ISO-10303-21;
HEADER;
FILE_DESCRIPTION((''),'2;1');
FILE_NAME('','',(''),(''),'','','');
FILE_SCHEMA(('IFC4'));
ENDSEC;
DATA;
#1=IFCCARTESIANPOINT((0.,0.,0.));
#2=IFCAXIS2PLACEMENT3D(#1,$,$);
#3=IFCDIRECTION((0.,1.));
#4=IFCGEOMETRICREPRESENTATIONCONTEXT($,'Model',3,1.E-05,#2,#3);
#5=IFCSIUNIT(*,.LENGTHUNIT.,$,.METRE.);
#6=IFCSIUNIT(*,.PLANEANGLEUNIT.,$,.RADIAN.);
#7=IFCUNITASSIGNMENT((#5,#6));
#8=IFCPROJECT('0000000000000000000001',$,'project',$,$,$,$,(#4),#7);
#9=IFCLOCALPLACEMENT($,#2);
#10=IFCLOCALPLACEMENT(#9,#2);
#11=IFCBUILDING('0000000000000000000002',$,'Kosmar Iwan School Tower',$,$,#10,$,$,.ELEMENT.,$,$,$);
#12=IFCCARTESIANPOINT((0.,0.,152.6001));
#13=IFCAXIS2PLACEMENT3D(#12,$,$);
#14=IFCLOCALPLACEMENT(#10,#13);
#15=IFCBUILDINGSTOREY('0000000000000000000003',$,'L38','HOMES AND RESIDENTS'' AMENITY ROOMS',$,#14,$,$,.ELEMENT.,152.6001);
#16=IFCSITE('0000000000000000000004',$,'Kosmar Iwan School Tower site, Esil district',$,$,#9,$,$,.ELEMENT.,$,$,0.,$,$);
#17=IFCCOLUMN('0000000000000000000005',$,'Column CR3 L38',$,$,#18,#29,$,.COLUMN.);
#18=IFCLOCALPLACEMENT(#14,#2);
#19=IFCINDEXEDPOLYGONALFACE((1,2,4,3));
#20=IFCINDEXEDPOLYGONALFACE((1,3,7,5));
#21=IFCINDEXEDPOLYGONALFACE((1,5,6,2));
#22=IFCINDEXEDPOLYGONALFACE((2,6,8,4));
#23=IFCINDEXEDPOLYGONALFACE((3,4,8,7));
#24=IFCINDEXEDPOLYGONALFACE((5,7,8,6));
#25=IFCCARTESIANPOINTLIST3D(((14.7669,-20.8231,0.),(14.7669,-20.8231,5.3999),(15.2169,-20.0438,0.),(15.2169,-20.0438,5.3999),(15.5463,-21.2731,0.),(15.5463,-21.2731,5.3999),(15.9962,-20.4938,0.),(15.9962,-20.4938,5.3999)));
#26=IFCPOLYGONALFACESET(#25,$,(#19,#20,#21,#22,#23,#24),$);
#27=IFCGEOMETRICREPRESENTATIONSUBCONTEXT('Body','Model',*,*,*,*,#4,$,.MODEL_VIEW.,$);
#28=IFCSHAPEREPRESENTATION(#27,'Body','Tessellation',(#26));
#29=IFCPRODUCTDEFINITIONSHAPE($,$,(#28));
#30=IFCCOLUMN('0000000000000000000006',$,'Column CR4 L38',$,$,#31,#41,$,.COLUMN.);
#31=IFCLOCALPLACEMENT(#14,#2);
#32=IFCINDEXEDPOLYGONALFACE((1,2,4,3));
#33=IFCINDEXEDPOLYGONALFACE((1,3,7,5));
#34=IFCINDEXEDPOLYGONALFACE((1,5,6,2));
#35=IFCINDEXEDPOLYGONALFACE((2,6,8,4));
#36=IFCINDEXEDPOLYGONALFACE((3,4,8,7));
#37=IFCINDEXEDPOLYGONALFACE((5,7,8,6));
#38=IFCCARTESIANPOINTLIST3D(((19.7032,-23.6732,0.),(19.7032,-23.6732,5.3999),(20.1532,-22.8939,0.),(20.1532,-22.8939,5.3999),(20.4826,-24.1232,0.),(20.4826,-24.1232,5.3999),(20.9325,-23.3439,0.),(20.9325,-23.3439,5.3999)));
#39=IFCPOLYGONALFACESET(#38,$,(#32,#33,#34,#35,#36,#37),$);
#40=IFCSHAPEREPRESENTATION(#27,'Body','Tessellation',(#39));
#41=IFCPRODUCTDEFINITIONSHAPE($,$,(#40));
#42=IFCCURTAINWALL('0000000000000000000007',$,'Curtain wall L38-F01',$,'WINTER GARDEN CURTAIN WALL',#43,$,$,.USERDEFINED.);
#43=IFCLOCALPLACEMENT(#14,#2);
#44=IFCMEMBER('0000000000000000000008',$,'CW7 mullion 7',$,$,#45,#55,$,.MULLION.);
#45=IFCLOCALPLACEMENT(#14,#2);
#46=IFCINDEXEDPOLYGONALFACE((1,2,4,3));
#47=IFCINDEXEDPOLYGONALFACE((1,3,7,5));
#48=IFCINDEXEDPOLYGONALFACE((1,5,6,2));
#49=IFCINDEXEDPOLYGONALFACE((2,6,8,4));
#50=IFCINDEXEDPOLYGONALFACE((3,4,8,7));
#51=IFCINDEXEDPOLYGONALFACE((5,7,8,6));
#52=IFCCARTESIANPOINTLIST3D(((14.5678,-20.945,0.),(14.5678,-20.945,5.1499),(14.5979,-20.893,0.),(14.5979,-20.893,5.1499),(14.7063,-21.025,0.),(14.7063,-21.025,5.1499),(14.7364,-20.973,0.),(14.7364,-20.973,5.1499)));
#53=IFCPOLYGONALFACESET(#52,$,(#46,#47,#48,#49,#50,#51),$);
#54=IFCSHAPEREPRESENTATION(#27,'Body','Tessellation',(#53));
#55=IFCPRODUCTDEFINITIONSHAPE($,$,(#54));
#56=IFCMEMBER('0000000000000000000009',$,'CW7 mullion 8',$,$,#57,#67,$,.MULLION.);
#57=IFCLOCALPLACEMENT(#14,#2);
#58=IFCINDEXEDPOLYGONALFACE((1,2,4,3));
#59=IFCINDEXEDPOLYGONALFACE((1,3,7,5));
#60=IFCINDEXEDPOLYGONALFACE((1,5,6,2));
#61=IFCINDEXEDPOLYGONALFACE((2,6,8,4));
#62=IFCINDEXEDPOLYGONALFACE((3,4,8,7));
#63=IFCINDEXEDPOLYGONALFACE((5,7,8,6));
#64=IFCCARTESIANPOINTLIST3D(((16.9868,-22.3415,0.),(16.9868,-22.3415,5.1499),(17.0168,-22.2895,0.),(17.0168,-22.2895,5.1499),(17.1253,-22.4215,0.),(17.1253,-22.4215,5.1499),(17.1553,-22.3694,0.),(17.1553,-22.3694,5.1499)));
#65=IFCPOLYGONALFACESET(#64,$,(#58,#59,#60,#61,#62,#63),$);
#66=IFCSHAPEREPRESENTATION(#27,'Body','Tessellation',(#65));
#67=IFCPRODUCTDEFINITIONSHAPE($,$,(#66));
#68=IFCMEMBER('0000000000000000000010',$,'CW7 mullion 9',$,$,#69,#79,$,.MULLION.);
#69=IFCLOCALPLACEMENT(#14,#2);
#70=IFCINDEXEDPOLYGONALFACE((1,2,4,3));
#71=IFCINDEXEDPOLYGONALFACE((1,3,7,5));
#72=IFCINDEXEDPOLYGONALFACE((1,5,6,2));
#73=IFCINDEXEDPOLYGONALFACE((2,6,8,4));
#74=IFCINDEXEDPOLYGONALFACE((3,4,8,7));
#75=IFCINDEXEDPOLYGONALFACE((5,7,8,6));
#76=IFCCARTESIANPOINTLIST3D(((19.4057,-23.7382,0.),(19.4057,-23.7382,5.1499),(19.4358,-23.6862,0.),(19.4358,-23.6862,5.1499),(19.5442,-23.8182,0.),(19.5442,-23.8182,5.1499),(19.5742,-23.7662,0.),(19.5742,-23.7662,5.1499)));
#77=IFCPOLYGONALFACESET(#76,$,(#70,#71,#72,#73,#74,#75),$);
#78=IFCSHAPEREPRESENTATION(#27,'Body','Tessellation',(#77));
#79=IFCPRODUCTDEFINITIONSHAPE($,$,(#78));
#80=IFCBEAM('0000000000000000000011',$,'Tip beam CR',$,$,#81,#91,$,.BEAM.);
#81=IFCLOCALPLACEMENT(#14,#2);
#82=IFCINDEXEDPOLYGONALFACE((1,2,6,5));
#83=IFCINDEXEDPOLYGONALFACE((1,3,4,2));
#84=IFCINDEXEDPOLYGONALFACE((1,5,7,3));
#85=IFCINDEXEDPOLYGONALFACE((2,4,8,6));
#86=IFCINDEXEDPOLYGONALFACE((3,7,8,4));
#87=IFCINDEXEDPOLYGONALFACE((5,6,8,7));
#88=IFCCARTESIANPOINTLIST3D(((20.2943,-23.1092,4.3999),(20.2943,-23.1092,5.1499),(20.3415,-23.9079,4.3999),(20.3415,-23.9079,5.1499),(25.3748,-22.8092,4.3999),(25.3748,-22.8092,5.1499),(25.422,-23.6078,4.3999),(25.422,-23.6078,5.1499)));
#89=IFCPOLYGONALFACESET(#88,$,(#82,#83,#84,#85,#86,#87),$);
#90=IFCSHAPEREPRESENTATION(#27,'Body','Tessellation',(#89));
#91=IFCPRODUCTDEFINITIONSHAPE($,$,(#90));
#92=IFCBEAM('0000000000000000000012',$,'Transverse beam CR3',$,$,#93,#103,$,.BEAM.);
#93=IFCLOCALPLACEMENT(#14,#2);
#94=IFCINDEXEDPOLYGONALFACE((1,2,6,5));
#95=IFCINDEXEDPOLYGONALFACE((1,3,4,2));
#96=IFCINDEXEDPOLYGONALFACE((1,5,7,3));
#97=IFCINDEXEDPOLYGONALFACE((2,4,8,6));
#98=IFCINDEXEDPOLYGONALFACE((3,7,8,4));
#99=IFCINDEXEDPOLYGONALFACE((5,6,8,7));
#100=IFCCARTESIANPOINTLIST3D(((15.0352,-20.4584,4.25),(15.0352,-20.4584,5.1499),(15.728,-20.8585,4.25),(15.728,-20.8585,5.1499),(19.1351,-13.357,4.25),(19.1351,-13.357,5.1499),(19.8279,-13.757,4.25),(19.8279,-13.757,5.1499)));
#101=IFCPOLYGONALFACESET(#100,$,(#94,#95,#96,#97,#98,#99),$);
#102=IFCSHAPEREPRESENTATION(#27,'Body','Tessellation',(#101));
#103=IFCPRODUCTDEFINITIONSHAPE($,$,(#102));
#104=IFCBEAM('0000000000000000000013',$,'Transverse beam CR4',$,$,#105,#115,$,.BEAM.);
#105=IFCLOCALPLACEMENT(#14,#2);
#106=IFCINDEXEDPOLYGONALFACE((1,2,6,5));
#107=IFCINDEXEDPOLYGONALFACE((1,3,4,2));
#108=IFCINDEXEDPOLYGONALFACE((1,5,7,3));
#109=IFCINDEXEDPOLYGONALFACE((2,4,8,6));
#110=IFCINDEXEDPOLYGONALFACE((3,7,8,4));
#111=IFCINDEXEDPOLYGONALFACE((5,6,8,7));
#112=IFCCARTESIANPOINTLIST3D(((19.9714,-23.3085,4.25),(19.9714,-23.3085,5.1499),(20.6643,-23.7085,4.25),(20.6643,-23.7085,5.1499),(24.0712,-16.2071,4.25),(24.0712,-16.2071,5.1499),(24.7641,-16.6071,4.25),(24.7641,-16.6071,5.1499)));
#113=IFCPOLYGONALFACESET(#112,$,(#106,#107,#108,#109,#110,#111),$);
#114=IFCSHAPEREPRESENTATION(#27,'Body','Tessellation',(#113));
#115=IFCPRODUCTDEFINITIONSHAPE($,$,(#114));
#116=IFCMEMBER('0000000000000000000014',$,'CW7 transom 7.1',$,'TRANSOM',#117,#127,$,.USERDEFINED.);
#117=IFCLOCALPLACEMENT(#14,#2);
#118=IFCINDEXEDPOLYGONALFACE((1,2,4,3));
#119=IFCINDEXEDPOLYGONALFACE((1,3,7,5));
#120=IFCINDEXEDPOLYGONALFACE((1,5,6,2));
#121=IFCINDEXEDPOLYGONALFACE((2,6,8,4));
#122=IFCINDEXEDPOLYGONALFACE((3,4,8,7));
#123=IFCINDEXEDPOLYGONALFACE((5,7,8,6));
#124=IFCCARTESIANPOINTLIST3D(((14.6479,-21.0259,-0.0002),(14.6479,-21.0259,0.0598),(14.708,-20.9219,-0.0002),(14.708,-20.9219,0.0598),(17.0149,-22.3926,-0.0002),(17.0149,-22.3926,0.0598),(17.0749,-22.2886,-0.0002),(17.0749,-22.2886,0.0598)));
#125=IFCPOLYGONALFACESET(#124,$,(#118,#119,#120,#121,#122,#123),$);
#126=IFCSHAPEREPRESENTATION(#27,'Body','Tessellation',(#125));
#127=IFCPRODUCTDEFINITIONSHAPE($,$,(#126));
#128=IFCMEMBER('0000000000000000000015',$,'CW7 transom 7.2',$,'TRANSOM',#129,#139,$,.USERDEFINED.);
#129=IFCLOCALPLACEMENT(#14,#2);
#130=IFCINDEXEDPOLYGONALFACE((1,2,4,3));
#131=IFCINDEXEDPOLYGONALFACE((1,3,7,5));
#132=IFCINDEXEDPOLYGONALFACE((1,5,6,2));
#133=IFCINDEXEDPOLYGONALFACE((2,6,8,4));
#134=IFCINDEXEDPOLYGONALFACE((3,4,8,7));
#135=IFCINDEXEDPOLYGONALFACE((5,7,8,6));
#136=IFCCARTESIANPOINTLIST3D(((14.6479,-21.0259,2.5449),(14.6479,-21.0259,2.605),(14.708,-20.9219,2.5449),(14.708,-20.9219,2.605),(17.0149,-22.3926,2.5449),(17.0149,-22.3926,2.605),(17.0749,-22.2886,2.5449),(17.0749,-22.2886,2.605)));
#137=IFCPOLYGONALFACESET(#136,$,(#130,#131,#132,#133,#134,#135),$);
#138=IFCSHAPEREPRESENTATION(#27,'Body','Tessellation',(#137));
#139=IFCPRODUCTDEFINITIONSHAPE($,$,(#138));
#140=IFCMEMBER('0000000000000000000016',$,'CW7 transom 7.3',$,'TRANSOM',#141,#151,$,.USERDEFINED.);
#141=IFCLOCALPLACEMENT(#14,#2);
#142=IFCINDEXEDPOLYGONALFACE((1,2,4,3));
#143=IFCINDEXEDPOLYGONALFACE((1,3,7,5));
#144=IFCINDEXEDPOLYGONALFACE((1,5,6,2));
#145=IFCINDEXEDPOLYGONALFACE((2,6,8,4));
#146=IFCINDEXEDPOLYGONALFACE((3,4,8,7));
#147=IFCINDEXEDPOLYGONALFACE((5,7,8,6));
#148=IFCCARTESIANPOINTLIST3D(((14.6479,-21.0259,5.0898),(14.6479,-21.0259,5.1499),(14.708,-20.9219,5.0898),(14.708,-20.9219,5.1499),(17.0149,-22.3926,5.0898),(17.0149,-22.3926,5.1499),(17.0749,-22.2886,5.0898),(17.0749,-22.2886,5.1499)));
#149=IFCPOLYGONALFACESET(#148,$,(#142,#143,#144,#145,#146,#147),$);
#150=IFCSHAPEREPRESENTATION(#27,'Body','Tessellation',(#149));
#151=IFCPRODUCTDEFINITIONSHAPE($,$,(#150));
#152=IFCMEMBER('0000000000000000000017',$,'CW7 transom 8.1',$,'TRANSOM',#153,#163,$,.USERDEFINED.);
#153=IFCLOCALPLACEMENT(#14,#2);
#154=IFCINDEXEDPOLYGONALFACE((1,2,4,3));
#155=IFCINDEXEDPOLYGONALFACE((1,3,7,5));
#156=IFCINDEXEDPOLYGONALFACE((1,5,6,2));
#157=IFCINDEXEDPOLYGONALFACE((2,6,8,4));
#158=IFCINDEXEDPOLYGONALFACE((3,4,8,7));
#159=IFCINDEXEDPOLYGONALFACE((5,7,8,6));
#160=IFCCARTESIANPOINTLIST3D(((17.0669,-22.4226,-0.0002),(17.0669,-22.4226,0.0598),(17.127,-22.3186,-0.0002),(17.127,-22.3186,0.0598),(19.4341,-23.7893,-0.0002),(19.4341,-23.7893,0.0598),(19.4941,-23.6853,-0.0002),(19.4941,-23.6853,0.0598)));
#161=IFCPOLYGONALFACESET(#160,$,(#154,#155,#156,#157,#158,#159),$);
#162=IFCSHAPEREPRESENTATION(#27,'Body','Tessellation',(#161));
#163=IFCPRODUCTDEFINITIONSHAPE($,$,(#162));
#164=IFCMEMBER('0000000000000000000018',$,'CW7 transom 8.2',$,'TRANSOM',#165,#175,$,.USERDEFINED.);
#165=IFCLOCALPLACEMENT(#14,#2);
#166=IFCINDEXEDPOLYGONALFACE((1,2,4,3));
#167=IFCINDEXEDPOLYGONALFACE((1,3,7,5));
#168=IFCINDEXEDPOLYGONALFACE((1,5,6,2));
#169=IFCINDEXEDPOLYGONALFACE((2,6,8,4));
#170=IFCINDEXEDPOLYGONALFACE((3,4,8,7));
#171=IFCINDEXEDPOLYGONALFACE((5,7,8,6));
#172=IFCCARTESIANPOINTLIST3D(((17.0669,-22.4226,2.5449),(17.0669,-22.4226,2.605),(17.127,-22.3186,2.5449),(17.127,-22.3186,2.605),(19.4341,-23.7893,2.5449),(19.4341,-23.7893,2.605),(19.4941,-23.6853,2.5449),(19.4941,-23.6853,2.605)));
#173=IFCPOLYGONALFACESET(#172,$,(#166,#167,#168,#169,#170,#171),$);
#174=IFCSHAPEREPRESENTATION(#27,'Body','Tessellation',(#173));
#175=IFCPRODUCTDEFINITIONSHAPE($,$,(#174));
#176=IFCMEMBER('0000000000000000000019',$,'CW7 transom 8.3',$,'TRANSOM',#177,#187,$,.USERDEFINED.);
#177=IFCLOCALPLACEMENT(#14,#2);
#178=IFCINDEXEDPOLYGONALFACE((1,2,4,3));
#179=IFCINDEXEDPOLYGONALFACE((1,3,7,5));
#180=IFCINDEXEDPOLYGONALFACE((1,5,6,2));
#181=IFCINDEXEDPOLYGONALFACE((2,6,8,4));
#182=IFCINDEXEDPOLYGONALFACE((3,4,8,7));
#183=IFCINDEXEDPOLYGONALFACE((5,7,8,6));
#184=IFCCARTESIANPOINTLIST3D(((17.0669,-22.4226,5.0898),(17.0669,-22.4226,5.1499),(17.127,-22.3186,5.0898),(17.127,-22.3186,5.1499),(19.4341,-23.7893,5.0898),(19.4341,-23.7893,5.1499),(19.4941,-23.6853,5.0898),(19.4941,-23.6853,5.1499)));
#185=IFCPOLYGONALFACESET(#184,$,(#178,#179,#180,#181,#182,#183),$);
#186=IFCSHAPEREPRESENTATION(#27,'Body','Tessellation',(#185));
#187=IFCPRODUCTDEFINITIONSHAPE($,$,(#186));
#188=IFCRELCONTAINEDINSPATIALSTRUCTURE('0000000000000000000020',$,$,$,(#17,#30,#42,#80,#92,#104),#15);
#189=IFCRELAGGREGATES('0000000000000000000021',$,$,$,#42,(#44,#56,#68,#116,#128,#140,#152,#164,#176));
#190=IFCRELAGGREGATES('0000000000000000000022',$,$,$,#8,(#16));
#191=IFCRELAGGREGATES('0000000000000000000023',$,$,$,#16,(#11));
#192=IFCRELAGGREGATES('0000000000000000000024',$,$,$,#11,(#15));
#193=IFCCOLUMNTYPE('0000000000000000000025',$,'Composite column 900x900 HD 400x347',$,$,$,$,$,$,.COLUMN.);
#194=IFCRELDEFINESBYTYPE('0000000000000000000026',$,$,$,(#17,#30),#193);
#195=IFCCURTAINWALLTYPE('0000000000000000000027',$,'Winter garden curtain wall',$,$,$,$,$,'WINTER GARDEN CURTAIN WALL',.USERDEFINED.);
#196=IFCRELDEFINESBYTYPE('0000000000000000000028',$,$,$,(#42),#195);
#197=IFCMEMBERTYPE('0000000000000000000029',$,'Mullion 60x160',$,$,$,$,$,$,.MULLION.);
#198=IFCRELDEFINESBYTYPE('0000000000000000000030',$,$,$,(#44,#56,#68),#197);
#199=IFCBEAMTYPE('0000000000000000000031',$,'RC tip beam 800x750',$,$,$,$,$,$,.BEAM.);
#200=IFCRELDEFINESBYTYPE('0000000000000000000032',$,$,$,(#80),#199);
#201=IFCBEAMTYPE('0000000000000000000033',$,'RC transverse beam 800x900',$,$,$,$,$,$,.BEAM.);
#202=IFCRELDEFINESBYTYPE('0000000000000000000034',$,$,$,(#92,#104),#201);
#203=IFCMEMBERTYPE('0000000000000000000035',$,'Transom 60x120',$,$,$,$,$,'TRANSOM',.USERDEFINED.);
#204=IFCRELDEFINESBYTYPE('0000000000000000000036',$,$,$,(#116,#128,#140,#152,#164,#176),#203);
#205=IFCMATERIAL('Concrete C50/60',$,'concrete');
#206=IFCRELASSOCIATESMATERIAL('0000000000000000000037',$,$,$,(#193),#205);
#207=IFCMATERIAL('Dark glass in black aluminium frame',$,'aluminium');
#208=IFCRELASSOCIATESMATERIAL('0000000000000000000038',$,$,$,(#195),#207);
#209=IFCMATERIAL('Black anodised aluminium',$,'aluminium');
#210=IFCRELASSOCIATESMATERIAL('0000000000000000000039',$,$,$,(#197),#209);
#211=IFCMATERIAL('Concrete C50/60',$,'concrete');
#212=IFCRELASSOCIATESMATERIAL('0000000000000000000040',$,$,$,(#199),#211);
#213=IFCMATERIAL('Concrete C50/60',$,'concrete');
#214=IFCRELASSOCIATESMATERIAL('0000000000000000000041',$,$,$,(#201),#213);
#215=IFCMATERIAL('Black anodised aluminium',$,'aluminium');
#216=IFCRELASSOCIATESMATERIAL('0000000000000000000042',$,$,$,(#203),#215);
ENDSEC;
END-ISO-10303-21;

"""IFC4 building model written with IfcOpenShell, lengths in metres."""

from ifc_helpers import new_model, si_unit, direction, frame, origin, origin_2d, place, context, subcontext, project, spatial, rectangle, extrude, material, material_profile, profile_set, type_object, element, aggregate, save


model = new_model("IFC4")

# Units and contexts
model_context = context("Model", 3, precision=1e-05, world=origin(), true_north=direction((0.0, 1.0)))
body_context = subcontext(model_context, "Body", "Model", "MODEL_VIEW")
ifc_project = project(units=[si_unit("LENGTHUNIT", "METRE"), si_unit("PLANEANGLEUNIT", "RADIAN")], contexts=[model_context])

# Site, building, storey
site_placement = place(None, origin())
site = spatial("IfcSite", under=ifc_project, at=site_placement, Name="Kosmar Iwan School Tower site, Esil district", CompositionType="ELEMENT", RefElevation=0.0)
building_placement = place(site_placement, origin())
building = spatial("IfcBuilding", under=site, at=building_placement, Name="Kosmar Iwan School Tower", CompositionType="ELEMENT")
storey_placement = place(building_placement, frame((0.0, 0.0, 152.6001)))
storey = spatial("IfcBuildingStorey", under=building, at=storey_placement, Name="L38", Description="HOMES AND RESIDENTS' AMENITY ROOMS", CompositionType="ELEMENT", Elevation=152.6001)

# Columns
ifc_material_1 = material(Name="Concrete C50/60", Category="concrete")
ifc_material_profile_1 = material_profile(ifc_material_1, rectangle(XDim=0.8999, YDim=0.8999, at=origin_2d()), Name="RC 900x900 + HD 400x347")
ifc_profile_set_1 = profile_set([ifc_material_profile_1], Name="Concrete C50/60")
column_type = type_object("IfcColumnType", Name="Composite column 900x900 HD 400x347", PredefinedType="COLUMN", material=ifc_profile_set_1)
for number, where, z_axis, x_axis, name in (
    (1, (15.3816, -20.6584, 0.0), (0.0, 0.0, 1.0), (0.866025, -0.5, 0.0), "Column CR3 L38"),
    (2, (20.3179, -23.5085, 0.0), (0.0, 0.0, 1.0), (0.866025, -0.5, 0.0), "Column CR4 L38"),
):
    element("IfcColumn", number, at=place(storey_placement, frame(where, z_axis=z_axis, x_axis=x_axis)), inside=storey, type_object=column_type, Name=name, PredefinedType="COLUMN", context=body_context, shape_type="SweptSolid", body=[
        extrude(rectangle(XDim=0.8999, YDim=0.8999, at=origin_2d()), origin(), (0.0, 0.0, 1.0), 5.3999),
    ])

# Curtain wall, members
ifc_material_2 = material(Name="Dark glass in black aluminium frame", Category="aluminium")
curtain_wall_type = type_object("IfcCurtainWallType", Name="Winter garden curtain wall", ElementType="WINTER GARDEN CURTAIN WALL", PredefinedType="USERDEFINED", material=ifc_material_2)
curtain_wall_placement = place(storey_placement, origin())
curtain_wall = element("IfcCurtainWall", 3, at=curtain_wall_placement, inside=storey, type_object=curtain_wall_type, Name="Curtain wall L38-F01", ObjectType="WINTER GARDEN CURTAIN WALL", PredefinedType="USERDEFINED")
ifc_material_3 = material(Name="Black anodised aluminium", Category="aluminium")
ifc_material_profile_2 = material_profile(ifc_material_3, rectangle(XDim=0.0601, YDim=0.1599, at=origin_2d()), Name="MULLION 60x160")
ifc_profile_set_2 = profile_set([ifc_material_profile_2], Name="Black anodised aluminium")
member_type_1 = type_object("IfcMemberType", Name="Mullion 60x160", PredefinedType="MULLION", material=ifc_profile_set_2)
member_1_placement = place(storey_placement, frame((14.6521, -20.959, 0.0), z_axis=(0.0, 0.0, 1.0), x_axis=(0.5, 0.866025, 0.0)))
member_1 = element("IfcMember", 4, at=member_1_placement, type_object=member_type_1, Name="CW7 mullion 7", PredefinedType="MULLION", context=body_context, shape_type="SweptSolid", body=[
    extrude(rectangle(XDim=0.0601, YDim=0.1599, at=origin_2d()), origin(), (0.0, 0.0, 1.0), 5.1499),
])
member_2_placement = place(storey_placement, frame((17.071, -22.3555, 0.0), z_axis=(0.0, 0.0, 1.0), x_axis=(0.5, 0.866025, 0.0)))
member_2 = element("IfcMember", 5, at=member_2_placement, type_object=member_type_1, Name="CW7 mullion 8", PredefinedType="MULLION", context=body_context, shape_type="SweptSolid", body=[
    extrude(rectangle(XDim=0.0601, YDim=0.1599, at=origin_2d()), origin(), (0.0, 0.0, 1.0), 5.1499),
])
member_3_placement = place(storey_placement, frame((19.49, -23.7522, 0.0), z_axis=(0.0, 0.0, 1.0), x_axis=(0.5, 0.866025, 0.0)))
member_3 = element("IfcMember", 6, at=member_3_placement, type_object=member_type_1, Name="CW7 mullion 9", PredefinedType="MULLION", context=body_context, shape_type="SweptSolid", body=[
    extrude(rectangle(XDim=0.0601, YDim=0.1599, at=origin_2d()), origin(), (0.0, 0.0, 1.0), 5.1499),
])

# Beams
ifc_material_4 = material(Name="Concrete C50/60", Category="concrete")
ifc_material_profile_3 = material_profile(ifc_material_4, rectangle(XDim=0.8, YDim=0.75, at=origin_2d()), Name="RC 800x750")
ifc_profile_set_3 = profile_set([ifc_material_profile_3], Name="Concrete C50/60")
beam_type_1 = type_object("IfcBeamType", Name="RC tip beam 800x750", PredefinedType="BEAM", material=ifc_profile_set_3)
beam_placement = place(storey_placement, frame((20.3179, -23.5085, 4.7749), z_axis=(0.998261, 0.058955, 0.0), x_axis=(-0.058955, 0.998261, 0.0)))
element("IfcBeam", 7, at=beam_placement, inside=storey, type_object=beam_type_1, Name="Tip beam CR", PredefinedType="BEAM", context=body_context, shape_type="SweptSolid", body=[
    extrude(rectangle(XDim=0.8, YDim=0.75, at=origin_2d()), origin(), (0.0, 0.0, 1.0), 5.0894),
])
ifc_material_5 = material(Name="Concrete C50/60", Category="concrete")
ifc_material_profile_4 = material_profile(ifc_material_5, rectangle(XDim=0.8, YDim=0.8999, at=origin_2d()), Name="RC 800x900")
ifc_profile_set_4 = profile_set([ifc_material_profile_4], Name="Concrete C50/60")
beam_type_2 = type_object("IfcBeamType", Name="RC transverse beam 800x900", PredefinedType="BEAM", material=ifc_profile_set_4)
for number, where, z_axis, x_axis, name in (
    (8, (15.3816, -20.6584, 4.7), (0.499991, 0.86603, 0.0), (-0.86603, 0.499991, 0.0), "Transverse beam CR3"),
    (9, (20.3179, -23.5085, 4.7), (0.499978, 0.866038, 0.0), (-0.866038, 0.499978, 0.0), "Transverse beam CR4"),
):
    element("IfcBeam", number, at=place(storey_placement, frame(where, z_axis=z_axis, x_axis=x_axis)), inside=storey, type_object=beam_type_2, Name=name, PredefinedType="BEAM", context=body_context, shape_type="SweptSolid", body=[
        extrude(rectangle(XDim=0.8, YDim=0.8999, at=origin_2d()), origin(), (0.0, 0.0, 1.0), 8.2),
    ])

# Members
ifc_material_6 = material(Name="Black anodised aluminium", Category="aluminium")
ifc_material_profile_5 = material_profile(ifc_material_6, rectangle(XDim=0.1201, YDim=0.0601, at=origin_2d()), Name="TRANSOM 60x120")
ifc_profile_set_5 = profile_set([ifc_material_profile_5], Name="Black anodised aluminium")
member_type_2 = type_object("IfcMemberType", Name="Transom 60x120", ElementType="TRANSOM", PredefinedType="USERDEFINED", material=ifc_profile_set_5)
member_4_placement = place(storey_placement, frame((14.678, -20.9739, 0.0298), z_axis=(0.866003, -0.500039, 0.0), x_axis=(0.500039, 0.866003, 0.0)))
member_4 = element("IfcMember", 10, at=member_4_placement, type_object=member_type_2, Name="CW7 transom 7.1", ObjectType="TRANSOM", PredefinedType="USERDEFINED", context=body_context, shape_type="SweptSolid", body=[
    extrude(rectangle(XDim=0.1201, YDim=0.0601, at=origin_2d()), origin(), (0.0, 0.0, 1.0), 2.7332),
])
member_5_placement = place(storey_placement, frame((14.678, -20.9739, 2.575), z_axis=(0.866003, -0.500039, 0.0), x_axis=(0.500039, 0.866003, 0.0)))
member_5 = element("IfcMember", 11, at=member_5_placement, type_object=member_type_2, Name="CW7 transom 7.2", ObjectType="TRANSOM", PredefinedType="USERDEFINED", context=body_context, shape_type="SweptSolid", body=[
    extrude(rectangle(XDim=0.1201, YDim=0.0601, at=origin_2d()), origin(), (0.0, 0.0, 1.0), 2.7332),
])
member_6_placement = place(storey_placement, frame((14.678, -20.9739, 5.1199), z_axis=(0.866003, -0.500039, 0.0), x_axis=(0.500039, 0.866003, 0.0)))
member_6 = element("IfcMember", 12, at=member_6_placement, type_object=member_type_2, Name="CW7 transom 7.3", ObjectType="TRANSOM", PredefinedType="USERDEFINED", context=body_context, shape_type="SweptSolid", body=[
    extrude(rectangle(XDim=0.1201, YDim=0.0601, at=origin_2d()), origin(), (0.0, 0.0, 1.0), 2.7332),
])
member_7_placement = place(storey_placement, frame((17.0969, -22.3706, 0.0298), z_axis=(0.866025, -0.500001, 0.0), x_axis=(0.500001, 0.866025, 0.0)))
member_7 = element("IfcMember", 13, at=member_7_placement, type_object=member_type_2, Name="CW7 transom 8.1", ObjectType="TRANSOM", PredefinedType="USERDEFINED", context=body_context, shape_type="SweptSolid", body=[
    extrude(rectangle(XDim=0.1201, YDim=0.0601, at=origin_2d()), origin(), (0.0, 0.0, 1.0), 2.7334),
])
member_8_placement = place(storey_placement, frame((17.0969, -22.3706, 2.575), z_axis=(0.866025, -0.500001, 0.0), x_axis=(0.500001, 0.866025, 0.0)))
member_8 = element("IfcMember", 14, at=member_8_placement, type_object=member_type_2, Name="CW7 transom 8.2", ObjectType="TRANSOM", PredefinedType="USERDEFINED", context=body_context, shape_type="SweptSolid", body=[
    extrude(rectangle(XDim=0.1201, YDim=0.0601, at=origin_2d()), origin(), (0.0, 0.0, 1.0), 2.7334),
])
member_9_placement = place(storey_placement, frame((17.0969, -22.3706, 5.1199), z_axis=(0.866025, -0.500001, 0.0), x_axis=(0.500001, 0.866025, 0.0)))
member_9 = element("IfcMember", 15, at=member_9_placement, type_object=member_type_2, Name="CW7 transom 8.3", ObjectType="TRANSOM", PredefinedType="USERDEFINED", context=body_context, shape_type="SweptSolid", body=[
    extrude(rectangle(XDim=0.1201, YDim=0.0601, at=origin_2d()), origin(), (0.0, 0.0, 1.0), 2.7334),
])

aggregate(curtain_wall, [member_1, member_2, member_3, member_4, member_5, member_6, member_7, member_8, member_9])

save(model, "model.ifc")
